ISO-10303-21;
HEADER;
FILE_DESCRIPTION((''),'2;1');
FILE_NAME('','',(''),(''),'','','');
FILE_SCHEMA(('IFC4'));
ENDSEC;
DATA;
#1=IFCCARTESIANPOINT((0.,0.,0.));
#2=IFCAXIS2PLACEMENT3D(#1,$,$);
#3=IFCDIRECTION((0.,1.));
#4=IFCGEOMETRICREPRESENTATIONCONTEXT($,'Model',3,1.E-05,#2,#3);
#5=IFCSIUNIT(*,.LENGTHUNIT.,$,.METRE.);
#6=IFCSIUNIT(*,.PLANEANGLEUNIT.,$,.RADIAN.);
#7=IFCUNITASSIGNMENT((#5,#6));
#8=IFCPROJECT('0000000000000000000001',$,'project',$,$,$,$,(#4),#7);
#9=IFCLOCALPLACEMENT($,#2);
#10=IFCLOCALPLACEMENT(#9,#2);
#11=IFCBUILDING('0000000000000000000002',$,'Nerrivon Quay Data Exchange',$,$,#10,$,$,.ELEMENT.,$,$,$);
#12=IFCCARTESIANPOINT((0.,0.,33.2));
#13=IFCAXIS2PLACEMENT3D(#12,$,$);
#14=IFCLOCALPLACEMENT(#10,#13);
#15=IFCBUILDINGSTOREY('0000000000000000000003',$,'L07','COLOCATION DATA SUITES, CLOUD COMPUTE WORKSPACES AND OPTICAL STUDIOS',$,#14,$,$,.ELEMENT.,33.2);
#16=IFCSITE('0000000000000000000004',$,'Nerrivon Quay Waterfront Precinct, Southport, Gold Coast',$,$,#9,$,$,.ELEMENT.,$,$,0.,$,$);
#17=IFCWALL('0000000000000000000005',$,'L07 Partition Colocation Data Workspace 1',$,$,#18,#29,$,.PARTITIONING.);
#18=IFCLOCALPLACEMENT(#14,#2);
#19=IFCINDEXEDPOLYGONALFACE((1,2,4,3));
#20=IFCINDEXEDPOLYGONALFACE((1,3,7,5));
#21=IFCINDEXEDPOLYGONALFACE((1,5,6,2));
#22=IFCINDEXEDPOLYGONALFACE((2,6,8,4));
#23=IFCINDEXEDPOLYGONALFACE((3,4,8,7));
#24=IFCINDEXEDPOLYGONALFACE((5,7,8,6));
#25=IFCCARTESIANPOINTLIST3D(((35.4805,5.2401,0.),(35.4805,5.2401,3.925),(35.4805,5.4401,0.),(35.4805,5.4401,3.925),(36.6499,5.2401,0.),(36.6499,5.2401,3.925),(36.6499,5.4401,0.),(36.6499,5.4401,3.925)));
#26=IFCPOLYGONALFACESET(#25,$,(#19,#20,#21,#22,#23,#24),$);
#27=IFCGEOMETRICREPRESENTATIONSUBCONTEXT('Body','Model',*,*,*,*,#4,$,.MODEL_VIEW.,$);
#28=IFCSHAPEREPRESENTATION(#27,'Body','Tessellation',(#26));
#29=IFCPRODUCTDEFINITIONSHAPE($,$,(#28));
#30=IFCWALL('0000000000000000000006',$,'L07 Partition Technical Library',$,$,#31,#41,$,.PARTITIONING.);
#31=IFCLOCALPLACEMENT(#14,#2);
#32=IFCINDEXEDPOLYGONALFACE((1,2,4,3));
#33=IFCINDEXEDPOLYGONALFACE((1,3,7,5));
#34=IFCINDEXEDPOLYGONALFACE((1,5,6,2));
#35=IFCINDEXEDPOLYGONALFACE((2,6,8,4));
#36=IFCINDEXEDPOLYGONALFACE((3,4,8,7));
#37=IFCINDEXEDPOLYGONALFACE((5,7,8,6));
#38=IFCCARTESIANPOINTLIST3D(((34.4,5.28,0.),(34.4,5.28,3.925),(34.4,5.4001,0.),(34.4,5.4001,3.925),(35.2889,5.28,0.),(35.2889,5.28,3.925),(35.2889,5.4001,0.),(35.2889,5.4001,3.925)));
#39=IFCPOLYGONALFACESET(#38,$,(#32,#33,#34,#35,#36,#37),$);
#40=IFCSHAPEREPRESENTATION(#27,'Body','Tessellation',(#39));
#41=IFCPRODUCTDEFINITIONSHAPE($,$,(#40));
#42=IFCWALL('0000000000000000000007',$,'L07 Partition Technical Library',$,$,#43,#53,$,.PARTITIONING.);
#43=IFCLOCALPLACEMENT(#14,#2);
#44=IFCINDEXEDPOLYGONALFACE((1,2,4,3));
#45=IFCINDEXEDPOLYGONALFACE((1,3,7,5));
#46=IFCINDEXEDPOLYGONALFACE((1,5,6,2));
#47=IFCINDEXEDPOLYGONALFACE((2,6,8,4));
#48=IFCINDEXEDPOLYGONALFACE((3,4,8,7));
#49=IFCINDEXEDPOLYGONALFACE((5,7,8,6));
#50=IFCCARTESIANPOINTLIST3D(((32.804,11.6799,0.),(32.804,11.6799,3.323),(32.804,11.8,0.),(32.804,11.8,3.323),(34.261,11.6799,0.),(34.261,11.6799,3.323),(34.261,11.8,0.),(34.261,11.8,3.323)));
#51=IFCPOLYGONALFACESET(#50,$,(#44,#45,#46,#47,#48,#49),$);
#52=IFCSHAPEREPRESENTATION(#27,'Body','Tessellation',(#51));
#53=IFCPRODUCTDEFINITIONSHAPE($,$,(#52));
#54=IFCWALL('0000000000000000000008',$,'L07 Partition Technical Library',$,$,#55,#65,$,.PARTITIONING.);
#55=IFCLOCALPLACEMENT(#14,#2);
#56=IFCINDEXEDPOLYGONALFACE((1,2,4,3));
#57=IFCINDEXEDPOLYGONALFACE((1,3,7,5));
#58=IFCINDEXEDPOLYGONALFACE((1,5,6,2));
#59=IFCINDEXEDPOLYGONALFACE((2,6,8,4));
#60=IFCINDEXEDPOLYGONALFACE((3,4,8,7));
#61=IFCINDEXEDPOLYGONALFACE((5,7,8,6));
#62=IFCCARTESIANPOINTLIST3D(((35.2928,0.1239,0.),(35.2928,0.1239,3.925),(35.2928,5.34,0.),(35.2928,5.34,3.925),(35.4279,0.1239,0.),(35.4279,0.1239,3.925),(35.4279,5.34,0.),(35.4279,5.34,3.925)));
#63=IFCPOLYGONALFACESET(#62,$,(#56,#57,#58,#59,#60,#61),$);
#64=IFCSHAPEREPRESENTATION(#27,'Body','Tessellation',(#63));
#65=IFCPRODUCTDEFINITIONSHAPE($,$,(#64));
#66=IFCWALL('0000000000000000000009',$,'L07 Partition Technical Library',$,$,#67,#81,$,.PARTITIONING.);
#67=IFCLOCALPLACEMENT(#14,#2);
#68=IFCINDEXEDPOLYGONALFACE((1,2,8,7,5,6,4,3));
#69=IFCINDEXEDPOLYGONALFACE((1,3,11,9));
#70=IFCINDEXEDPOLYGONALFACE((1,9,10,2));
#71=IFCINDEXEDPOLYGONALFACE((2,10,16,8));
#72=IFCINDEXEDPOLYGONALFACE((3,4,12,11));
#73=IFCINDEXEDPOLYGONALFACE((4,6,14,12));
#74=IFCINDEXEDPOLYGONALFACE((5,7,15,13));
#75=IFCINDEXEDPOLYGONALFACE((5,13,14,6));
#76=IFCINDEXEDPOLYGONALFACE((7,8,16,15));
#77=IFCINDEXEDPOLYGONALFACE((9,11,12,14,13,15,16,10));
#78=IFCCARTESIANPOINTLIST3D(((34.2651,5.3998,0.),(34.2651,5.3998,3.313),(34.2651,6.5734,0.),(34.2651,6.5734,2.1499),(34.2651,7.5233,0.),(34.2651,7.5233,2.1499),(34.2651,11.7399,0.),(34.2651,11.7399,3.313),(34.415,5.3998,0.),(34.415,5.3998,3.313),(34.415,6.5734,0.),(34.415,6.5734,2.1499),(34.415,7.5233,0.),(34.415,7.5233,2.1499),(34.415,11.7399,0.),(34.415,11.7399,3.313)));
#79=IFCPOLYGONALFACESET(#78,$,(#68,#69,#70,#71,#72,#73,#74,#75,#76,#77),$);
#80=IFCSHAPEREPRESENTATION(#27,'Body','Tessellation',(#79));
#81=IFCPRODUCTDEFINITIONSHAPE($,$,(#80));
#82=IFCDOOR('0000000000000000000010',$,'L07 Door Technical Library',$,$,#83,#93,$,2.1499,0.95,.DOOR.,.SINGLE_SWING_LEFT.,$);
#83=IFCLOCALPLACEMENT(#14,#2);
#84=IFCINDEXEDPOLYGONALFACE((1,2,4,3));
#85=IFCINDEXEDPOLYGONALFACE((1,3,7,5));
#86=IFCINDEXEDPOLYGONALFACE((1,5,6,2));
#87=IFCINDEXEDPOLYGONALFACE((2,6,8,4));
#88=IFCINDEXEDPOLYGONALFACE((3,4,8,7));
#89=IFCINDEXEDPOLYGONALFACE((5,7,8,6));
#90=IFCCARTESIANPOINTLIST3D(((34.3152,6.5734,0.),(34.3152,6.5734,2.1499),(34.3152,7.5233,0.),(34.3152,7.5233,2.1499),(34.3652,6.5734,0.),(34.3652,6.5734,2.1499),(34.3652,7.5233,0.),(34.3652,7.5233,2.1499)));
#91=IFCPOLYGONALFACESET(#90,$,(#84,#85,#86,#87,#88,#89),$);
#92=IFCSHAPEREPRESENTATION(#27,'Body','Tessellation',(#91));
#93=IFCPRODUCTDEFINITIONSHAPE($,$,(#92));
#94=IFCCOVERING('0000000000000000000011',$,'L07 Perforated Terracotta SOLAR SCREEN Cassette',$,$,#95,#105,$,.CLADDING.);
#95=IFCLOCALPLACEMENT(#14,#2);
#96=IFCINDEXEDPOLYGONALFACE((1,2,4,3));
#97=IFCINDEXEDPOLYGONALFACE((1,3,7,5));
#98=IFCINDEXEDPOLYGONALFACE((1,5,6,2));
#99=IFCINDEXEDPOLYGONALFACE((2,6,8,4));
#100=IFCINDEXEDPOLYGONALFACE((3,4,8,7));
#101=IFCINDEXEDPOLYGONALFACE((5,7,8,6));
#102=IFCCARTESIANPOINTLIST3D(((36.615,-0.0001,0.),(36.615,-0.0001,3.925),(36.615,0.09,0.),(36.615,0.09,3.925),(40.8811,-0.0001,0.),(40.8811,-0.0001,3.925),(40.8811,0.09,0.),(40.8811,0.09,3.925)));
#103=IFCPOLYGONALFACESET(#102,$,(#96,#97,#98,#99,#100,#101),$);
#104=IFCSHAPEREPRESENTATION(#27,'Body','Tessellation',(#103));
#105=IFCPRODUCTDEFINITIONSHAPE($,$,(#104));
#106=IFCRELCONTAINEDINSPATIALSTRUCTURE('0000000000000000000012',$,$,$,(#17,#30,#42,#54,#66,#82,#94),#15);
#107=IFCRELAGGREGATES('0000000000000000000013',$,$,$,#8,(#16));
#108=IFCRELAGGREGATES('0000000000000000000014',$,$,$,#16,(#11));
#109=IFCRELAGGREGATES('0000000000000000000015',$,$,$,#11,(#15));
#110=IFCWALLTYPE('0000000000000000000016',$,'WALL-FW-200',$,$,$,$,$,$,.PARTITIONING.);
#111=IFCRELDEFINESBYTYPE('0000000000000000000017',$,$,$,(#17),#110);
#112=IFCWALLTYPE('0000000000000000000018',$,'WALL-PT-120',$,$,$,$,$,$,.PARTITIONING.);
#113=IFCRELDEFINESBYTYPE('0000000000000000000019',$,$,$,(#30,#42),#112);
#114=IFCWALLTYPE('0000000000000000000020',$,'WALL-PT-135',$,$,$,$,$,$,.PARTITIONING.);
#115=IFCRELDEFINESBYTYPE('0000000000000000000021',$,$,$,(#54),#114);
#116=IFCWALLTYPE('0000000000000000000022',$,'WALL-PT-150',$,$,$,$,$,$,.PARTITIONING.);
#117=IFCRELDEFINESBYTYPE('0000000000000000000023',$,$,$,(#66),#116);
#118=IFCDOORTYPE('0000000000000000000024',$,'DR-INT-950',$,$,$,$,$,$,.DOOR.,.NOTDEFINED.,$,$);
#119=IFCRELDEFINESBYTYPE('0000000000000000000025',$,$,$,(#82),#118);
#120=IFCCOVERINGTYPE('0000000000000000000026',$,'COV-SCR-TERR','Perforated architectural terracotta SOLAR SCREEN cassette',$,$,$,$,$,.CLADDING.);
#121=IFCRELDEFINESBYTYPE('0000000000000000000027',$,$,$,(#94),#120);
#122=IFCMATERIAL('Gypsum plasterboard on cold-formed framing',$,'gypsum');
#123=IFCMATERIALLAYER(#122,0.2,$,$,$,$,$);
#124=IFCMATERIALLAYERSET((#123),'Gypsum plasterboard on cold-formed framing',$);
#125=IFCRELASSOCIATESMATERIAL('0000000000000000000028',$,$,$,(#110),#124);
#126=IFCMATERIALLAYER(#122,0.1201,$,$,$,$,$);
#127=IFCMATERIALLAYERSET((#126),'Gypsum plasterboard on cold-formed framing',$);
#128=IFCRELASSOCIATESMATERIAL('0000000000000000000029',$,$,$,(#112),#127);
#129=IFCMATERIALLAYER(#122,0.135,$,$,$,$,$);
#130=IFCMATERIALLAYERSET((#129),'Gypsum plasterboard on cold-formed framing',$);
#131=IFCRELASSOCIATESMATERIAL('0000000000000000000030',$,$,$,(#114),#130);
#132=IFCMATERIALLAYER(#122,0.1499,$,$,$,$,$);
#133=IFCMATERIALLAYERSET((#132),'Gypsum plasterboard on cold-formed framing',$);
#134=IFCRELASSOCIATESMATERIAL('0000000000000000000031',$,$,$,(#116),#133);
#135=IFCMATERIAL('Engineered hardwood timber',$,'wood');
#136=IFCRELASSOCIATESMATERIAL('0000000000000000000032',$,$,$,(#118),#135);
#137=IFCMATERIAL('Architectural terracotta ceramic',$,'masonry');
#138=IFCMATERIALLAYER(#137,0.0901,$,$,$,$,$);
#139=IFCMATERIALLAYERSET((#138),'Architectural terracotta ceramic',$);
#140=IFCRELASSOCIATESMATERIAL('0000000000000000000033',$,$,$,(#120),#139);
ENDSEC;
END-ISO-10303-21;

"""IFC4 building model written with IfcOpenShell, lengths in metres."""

from ifc_helpers import new_model, si_unit, direction, frame, frame_2d, origin, origin_2d, place, context, subcontext, project, spatial, rectangle, extrude, material, layer, layer_set, type_object, element, fill, save


model = new_model("IFC4")

# Units and contexts
model_context = context("Model", 3, precision=1e-05, world=origin(), true_north=direction((0.0, 1.0)))
body_context = subcontext(model_context, "Body", "Model", "MODEL_VIEW")
ifc_project = project(units=[si_unit("LENGTHUNIT", "METRE"), si_unit("PLANEANGLEUNIT", "RADIAN")], contexts=[model_context])

# Site, building, storey
site_placement = place(None, origin())
site = spatial("IfcSite", under=ifc_project, at=site_placement, Name="Nerrivon Quay Waterfront Precinct, Southport, Gold Coast", CompositionType="ELEMENT", RefElevation=0.0)
building_placement = place(site_placement, origin())
building = spatial("IfcBuilding", under=site, at=building_placement, Name="Nerrivon Quay Data Exchange", CompositionType="ELEMENT")
storey_placement = place(building_placement, frame((0.0, 0.0, 33.2)))
storey = spatial("IfcBuildingStorey", under=building, at=storey_placement, Name="L07", Description="COLOCATION DATA SUITES, CLOUD COMPUTE WORKSPACES AND OPTICAL STUDIOS", CompositionType="ELEMENT", Elevation=33.2)

# Shared definitions
ifc_material_1 = material(Name="Gypsum plasterboard on cold-formed framing", Category="gypsum")
ifc_layer_1 = layer(ifc_material_1, 0.2)
ifc_layer_set_1 = layer_set([ifc_layer_1], Name="Gypsum plasterboard on cold-formed framing")
wall_type_1 = type_object("IfcWallType", Name="WALL-FW-200", PredefinedType="PARTITIONING", material=ifc_layer_set_1)

# Shared definitions
ifc_material_2 = material(Name="Engineered hardwood timber", Category="wood")

# Walls
wall_1_placement = place(storey_placement, frame((36.6499, 5.3401, 0.0), z_axis=(0.0, 0.0, 1.0), x_axis=(-1.0, 0.0, 0.0)))
element("IfcWall", 1, at=wall_1_placement, inside=storey, type_object=wall_type_1, Name="L07 Partition Colocation Data Workspace 1", PredefinedType="PARTITIONING", context=body_context, shape_type="SweptSolid", body=[
    extrude(rectangle(XDim=1.1694, YDim=0.2, at=frame_2d((0.5847, 0.0))), origin(), (0.0, 0.0, 1.0), 3.925),
])
ifc_layer_2 = layer(ifc_material_1, 0.1201)
ifc_layer_set_2 = layer_set([ifc_layer_2], Name="Gypsum plasterboard on cold-formed framing")
wall_type_2 = type_object("IfcWallType", Name="WALL-PT-120", PredefinedType="PARTITIONING", material=ifc_layer_set_2)
wall_2_placement = place(storey_placement, frame((35.2888, 5.3401, 0.0), z_axis=(0.0, 0.0, 1.0), x_axis=(-1.0, 0.0, 0.0)))
element("IfcWall", 2, at=wall_2_placement, inside=storey, type_object=wall_type_2, Name="L07 Partition Technical Library", PredefinedType="PARTITIONING", context=body_context, shape_type="SweptSolid", body=[
    extrude(rectangle(XDim=0.8889, YDim=0.1201, at=frame_2d((0.4443, 0.0))), origin(), (0.0, 0.0, 1.0), 3.925),
])
wall_3_placement = place(storey_placement, frame((34.261, 11.74, 0.0), z_axis=(0.0, 0.0, 1.0), x_axis=(-1.0, 0.0, 0.0)))
element("IfcWall", 3, at=wall_3_placement, inside=storey, type_object=wall_type_2, Name="L07 Partition Technical Library", PredefinedType="PARTITIONING", context=body_context, shape_type="SweptSolid", body=[
    extrude(rectangle(XDim=1.457, YDim=0.1201, at=frame_2d((0.7285, 0.0))), origin(), (0.0, 0.0, 1.0), 3.323),
])
ifc_layer_3 = layer(ifc_material_1, 0.135)
ifc_layer_set_3 = layer_set([ifc_layer_3], Name="Gypsum plasterboard on cold-formed framing")
wall_type_3 = type_object("IfcWallType", Name="WALL-PT-135", PredefinedType="PARTITIONING", material=ifc_layer_set_3)
wall_4_placement = place(storey_placement, frame((35.3604, 0.124, 0.0), z_axis=(0.0, 0.0, 1.0), x_axis=(0.0, 1.0, 0.0)))
element("IfcWall", 4, at=wall_4_placement, inside=storey, type_object=wall_type_3, Name="L07 Partition Technical Library", PredefinedType="PARTITIONING", context=body_context, shape_type="SweptSolid", body=[
    extrude(rectangle(XDim=5.2161, YDim=0.135, at=frame_2d((2.6079, 0.0))), origin(), (0.0, 0.0, 1.0), 3.925),
])

# Wall, opening, door
ifc_layer_4 = layer(ifc_material_1, 0.1499)
ifc_layer_set_4 = layer_set([ifc_layer_4], Name="Gypsum plasterboard on cold-formed framing")
wall_type_4 = type_object("IfcWallType", Name="WALL-PT-150", PredefinedType="PARTITIONING", material=ifc_layer_set_4)
wall_5_placement = place(storey_placement, frame((34.3401, 5.3999, 0.0), z_axis=(0.0, 0.0, 1.0), x_axis=(0.0, 1.0, 0.0)))
wall_5 = element("IfcWall", 5, at=wall_5_placement, inside=storey, type_object=wall_type_4, Name="L07 Partition Technical Library", PredefinedType="PARTITIONING", context=body_context, shape_type="SweptSolid", body=[
    extrude(rectangle(XDim=6.3401, YDim=0.1499, at=frame_2d((3.1699, 0.0))), origin(), (0.0, 0.0, 1.0), 3.313),
])
opening_1_placement = place(wall_5_placement, frame((1.1733, 0.0, 0.0)))
opening_1 = element("IfcOpeningElement", 6, at=opening_1_placement, cuts=wall_5, PredefinedType="OPENING", context=body_context, shape_type="SweptSolid", body=[
    extrude(rectangle(XDim=0.95, YDim=2.1499, at=frame_2d((0.4751, 1.075))), frame((0.0, 0.085, 0.0), z_axis=(0.0, -1.0, 0.0), x_axis=(1.0, 0.0, 0.0)), (0.0, 0.0, 1.0), 0.1699),
])
door_type_1 = type_object("IfcDoorType", Name="DR-INT-950", OperationType="NOTDEFINED", PredefinedType="DOOR", material=ifc_material_2)
door_1_placement = place(opening_1_placement, origin())
door_1 = element("IfcDoor", 7, at=door_1_placement, inside=storey, type_object=door_type_1, Name="L07 Door Technical Library", OperationType="SINGLE_SWING_LEFT", OverallHeight=2.1499, OverallWidth=0.95, PredefinedType="DOOR", context=body_context, shape_type="SweptSolid", body=[
    extrude(rectangle(XDim=0.95, YDim=2.1499, at=frame_2d((0.4751, 1.075))), frame((0.0, 0.0249, 0.0), z_axis=(0.0, -1.0, 0.0), x_axis=(1.0, 0.0, 0.0)), (0.0, 0.0, 1.0), 0.05),
])
fill(opening_1, door_1)

# Covering
ifc_material_3 = material(Name="Architectural terracotta ceramic", Category="masonry")
ifc_layer_5 = layer(ifc_material_3, 0.0901)
ifc_layer_set_5 = layer_set([ifc_layer_5], Name="Architectural terracotta ceramic")
covering_type = type_object("IfcCoveringType", Name="COV-SCR-TERR", Description="Perforated architectural terracotta SOLAR SCREEN cassette", PredefinedType="CLADDING", material=ifc_layer_set_5)
covering_placement = place(storey_placement, frame((38.748, 0.0449, 0.0), z_axis=(0.0, 0.0, 1.0), x_axis=(-1.0, 0.0, 0.0)))
element("IfcCovering", 8, at=covering_placement, inside=storey, type_object=covering_type, Name="L07 Perforated Terracotta SOLAR SCREEN Cassette", PredefinedType="CLADDING", context=body_context, shape_type="SweptSolid", body=[
    extrude(rectangle(XDim=4.2661, YDim=0.0901, at=origin_2d()), origin(), (0.0, 0.0, 1.0), 3.925),
])

save(model, "model.ifc")
